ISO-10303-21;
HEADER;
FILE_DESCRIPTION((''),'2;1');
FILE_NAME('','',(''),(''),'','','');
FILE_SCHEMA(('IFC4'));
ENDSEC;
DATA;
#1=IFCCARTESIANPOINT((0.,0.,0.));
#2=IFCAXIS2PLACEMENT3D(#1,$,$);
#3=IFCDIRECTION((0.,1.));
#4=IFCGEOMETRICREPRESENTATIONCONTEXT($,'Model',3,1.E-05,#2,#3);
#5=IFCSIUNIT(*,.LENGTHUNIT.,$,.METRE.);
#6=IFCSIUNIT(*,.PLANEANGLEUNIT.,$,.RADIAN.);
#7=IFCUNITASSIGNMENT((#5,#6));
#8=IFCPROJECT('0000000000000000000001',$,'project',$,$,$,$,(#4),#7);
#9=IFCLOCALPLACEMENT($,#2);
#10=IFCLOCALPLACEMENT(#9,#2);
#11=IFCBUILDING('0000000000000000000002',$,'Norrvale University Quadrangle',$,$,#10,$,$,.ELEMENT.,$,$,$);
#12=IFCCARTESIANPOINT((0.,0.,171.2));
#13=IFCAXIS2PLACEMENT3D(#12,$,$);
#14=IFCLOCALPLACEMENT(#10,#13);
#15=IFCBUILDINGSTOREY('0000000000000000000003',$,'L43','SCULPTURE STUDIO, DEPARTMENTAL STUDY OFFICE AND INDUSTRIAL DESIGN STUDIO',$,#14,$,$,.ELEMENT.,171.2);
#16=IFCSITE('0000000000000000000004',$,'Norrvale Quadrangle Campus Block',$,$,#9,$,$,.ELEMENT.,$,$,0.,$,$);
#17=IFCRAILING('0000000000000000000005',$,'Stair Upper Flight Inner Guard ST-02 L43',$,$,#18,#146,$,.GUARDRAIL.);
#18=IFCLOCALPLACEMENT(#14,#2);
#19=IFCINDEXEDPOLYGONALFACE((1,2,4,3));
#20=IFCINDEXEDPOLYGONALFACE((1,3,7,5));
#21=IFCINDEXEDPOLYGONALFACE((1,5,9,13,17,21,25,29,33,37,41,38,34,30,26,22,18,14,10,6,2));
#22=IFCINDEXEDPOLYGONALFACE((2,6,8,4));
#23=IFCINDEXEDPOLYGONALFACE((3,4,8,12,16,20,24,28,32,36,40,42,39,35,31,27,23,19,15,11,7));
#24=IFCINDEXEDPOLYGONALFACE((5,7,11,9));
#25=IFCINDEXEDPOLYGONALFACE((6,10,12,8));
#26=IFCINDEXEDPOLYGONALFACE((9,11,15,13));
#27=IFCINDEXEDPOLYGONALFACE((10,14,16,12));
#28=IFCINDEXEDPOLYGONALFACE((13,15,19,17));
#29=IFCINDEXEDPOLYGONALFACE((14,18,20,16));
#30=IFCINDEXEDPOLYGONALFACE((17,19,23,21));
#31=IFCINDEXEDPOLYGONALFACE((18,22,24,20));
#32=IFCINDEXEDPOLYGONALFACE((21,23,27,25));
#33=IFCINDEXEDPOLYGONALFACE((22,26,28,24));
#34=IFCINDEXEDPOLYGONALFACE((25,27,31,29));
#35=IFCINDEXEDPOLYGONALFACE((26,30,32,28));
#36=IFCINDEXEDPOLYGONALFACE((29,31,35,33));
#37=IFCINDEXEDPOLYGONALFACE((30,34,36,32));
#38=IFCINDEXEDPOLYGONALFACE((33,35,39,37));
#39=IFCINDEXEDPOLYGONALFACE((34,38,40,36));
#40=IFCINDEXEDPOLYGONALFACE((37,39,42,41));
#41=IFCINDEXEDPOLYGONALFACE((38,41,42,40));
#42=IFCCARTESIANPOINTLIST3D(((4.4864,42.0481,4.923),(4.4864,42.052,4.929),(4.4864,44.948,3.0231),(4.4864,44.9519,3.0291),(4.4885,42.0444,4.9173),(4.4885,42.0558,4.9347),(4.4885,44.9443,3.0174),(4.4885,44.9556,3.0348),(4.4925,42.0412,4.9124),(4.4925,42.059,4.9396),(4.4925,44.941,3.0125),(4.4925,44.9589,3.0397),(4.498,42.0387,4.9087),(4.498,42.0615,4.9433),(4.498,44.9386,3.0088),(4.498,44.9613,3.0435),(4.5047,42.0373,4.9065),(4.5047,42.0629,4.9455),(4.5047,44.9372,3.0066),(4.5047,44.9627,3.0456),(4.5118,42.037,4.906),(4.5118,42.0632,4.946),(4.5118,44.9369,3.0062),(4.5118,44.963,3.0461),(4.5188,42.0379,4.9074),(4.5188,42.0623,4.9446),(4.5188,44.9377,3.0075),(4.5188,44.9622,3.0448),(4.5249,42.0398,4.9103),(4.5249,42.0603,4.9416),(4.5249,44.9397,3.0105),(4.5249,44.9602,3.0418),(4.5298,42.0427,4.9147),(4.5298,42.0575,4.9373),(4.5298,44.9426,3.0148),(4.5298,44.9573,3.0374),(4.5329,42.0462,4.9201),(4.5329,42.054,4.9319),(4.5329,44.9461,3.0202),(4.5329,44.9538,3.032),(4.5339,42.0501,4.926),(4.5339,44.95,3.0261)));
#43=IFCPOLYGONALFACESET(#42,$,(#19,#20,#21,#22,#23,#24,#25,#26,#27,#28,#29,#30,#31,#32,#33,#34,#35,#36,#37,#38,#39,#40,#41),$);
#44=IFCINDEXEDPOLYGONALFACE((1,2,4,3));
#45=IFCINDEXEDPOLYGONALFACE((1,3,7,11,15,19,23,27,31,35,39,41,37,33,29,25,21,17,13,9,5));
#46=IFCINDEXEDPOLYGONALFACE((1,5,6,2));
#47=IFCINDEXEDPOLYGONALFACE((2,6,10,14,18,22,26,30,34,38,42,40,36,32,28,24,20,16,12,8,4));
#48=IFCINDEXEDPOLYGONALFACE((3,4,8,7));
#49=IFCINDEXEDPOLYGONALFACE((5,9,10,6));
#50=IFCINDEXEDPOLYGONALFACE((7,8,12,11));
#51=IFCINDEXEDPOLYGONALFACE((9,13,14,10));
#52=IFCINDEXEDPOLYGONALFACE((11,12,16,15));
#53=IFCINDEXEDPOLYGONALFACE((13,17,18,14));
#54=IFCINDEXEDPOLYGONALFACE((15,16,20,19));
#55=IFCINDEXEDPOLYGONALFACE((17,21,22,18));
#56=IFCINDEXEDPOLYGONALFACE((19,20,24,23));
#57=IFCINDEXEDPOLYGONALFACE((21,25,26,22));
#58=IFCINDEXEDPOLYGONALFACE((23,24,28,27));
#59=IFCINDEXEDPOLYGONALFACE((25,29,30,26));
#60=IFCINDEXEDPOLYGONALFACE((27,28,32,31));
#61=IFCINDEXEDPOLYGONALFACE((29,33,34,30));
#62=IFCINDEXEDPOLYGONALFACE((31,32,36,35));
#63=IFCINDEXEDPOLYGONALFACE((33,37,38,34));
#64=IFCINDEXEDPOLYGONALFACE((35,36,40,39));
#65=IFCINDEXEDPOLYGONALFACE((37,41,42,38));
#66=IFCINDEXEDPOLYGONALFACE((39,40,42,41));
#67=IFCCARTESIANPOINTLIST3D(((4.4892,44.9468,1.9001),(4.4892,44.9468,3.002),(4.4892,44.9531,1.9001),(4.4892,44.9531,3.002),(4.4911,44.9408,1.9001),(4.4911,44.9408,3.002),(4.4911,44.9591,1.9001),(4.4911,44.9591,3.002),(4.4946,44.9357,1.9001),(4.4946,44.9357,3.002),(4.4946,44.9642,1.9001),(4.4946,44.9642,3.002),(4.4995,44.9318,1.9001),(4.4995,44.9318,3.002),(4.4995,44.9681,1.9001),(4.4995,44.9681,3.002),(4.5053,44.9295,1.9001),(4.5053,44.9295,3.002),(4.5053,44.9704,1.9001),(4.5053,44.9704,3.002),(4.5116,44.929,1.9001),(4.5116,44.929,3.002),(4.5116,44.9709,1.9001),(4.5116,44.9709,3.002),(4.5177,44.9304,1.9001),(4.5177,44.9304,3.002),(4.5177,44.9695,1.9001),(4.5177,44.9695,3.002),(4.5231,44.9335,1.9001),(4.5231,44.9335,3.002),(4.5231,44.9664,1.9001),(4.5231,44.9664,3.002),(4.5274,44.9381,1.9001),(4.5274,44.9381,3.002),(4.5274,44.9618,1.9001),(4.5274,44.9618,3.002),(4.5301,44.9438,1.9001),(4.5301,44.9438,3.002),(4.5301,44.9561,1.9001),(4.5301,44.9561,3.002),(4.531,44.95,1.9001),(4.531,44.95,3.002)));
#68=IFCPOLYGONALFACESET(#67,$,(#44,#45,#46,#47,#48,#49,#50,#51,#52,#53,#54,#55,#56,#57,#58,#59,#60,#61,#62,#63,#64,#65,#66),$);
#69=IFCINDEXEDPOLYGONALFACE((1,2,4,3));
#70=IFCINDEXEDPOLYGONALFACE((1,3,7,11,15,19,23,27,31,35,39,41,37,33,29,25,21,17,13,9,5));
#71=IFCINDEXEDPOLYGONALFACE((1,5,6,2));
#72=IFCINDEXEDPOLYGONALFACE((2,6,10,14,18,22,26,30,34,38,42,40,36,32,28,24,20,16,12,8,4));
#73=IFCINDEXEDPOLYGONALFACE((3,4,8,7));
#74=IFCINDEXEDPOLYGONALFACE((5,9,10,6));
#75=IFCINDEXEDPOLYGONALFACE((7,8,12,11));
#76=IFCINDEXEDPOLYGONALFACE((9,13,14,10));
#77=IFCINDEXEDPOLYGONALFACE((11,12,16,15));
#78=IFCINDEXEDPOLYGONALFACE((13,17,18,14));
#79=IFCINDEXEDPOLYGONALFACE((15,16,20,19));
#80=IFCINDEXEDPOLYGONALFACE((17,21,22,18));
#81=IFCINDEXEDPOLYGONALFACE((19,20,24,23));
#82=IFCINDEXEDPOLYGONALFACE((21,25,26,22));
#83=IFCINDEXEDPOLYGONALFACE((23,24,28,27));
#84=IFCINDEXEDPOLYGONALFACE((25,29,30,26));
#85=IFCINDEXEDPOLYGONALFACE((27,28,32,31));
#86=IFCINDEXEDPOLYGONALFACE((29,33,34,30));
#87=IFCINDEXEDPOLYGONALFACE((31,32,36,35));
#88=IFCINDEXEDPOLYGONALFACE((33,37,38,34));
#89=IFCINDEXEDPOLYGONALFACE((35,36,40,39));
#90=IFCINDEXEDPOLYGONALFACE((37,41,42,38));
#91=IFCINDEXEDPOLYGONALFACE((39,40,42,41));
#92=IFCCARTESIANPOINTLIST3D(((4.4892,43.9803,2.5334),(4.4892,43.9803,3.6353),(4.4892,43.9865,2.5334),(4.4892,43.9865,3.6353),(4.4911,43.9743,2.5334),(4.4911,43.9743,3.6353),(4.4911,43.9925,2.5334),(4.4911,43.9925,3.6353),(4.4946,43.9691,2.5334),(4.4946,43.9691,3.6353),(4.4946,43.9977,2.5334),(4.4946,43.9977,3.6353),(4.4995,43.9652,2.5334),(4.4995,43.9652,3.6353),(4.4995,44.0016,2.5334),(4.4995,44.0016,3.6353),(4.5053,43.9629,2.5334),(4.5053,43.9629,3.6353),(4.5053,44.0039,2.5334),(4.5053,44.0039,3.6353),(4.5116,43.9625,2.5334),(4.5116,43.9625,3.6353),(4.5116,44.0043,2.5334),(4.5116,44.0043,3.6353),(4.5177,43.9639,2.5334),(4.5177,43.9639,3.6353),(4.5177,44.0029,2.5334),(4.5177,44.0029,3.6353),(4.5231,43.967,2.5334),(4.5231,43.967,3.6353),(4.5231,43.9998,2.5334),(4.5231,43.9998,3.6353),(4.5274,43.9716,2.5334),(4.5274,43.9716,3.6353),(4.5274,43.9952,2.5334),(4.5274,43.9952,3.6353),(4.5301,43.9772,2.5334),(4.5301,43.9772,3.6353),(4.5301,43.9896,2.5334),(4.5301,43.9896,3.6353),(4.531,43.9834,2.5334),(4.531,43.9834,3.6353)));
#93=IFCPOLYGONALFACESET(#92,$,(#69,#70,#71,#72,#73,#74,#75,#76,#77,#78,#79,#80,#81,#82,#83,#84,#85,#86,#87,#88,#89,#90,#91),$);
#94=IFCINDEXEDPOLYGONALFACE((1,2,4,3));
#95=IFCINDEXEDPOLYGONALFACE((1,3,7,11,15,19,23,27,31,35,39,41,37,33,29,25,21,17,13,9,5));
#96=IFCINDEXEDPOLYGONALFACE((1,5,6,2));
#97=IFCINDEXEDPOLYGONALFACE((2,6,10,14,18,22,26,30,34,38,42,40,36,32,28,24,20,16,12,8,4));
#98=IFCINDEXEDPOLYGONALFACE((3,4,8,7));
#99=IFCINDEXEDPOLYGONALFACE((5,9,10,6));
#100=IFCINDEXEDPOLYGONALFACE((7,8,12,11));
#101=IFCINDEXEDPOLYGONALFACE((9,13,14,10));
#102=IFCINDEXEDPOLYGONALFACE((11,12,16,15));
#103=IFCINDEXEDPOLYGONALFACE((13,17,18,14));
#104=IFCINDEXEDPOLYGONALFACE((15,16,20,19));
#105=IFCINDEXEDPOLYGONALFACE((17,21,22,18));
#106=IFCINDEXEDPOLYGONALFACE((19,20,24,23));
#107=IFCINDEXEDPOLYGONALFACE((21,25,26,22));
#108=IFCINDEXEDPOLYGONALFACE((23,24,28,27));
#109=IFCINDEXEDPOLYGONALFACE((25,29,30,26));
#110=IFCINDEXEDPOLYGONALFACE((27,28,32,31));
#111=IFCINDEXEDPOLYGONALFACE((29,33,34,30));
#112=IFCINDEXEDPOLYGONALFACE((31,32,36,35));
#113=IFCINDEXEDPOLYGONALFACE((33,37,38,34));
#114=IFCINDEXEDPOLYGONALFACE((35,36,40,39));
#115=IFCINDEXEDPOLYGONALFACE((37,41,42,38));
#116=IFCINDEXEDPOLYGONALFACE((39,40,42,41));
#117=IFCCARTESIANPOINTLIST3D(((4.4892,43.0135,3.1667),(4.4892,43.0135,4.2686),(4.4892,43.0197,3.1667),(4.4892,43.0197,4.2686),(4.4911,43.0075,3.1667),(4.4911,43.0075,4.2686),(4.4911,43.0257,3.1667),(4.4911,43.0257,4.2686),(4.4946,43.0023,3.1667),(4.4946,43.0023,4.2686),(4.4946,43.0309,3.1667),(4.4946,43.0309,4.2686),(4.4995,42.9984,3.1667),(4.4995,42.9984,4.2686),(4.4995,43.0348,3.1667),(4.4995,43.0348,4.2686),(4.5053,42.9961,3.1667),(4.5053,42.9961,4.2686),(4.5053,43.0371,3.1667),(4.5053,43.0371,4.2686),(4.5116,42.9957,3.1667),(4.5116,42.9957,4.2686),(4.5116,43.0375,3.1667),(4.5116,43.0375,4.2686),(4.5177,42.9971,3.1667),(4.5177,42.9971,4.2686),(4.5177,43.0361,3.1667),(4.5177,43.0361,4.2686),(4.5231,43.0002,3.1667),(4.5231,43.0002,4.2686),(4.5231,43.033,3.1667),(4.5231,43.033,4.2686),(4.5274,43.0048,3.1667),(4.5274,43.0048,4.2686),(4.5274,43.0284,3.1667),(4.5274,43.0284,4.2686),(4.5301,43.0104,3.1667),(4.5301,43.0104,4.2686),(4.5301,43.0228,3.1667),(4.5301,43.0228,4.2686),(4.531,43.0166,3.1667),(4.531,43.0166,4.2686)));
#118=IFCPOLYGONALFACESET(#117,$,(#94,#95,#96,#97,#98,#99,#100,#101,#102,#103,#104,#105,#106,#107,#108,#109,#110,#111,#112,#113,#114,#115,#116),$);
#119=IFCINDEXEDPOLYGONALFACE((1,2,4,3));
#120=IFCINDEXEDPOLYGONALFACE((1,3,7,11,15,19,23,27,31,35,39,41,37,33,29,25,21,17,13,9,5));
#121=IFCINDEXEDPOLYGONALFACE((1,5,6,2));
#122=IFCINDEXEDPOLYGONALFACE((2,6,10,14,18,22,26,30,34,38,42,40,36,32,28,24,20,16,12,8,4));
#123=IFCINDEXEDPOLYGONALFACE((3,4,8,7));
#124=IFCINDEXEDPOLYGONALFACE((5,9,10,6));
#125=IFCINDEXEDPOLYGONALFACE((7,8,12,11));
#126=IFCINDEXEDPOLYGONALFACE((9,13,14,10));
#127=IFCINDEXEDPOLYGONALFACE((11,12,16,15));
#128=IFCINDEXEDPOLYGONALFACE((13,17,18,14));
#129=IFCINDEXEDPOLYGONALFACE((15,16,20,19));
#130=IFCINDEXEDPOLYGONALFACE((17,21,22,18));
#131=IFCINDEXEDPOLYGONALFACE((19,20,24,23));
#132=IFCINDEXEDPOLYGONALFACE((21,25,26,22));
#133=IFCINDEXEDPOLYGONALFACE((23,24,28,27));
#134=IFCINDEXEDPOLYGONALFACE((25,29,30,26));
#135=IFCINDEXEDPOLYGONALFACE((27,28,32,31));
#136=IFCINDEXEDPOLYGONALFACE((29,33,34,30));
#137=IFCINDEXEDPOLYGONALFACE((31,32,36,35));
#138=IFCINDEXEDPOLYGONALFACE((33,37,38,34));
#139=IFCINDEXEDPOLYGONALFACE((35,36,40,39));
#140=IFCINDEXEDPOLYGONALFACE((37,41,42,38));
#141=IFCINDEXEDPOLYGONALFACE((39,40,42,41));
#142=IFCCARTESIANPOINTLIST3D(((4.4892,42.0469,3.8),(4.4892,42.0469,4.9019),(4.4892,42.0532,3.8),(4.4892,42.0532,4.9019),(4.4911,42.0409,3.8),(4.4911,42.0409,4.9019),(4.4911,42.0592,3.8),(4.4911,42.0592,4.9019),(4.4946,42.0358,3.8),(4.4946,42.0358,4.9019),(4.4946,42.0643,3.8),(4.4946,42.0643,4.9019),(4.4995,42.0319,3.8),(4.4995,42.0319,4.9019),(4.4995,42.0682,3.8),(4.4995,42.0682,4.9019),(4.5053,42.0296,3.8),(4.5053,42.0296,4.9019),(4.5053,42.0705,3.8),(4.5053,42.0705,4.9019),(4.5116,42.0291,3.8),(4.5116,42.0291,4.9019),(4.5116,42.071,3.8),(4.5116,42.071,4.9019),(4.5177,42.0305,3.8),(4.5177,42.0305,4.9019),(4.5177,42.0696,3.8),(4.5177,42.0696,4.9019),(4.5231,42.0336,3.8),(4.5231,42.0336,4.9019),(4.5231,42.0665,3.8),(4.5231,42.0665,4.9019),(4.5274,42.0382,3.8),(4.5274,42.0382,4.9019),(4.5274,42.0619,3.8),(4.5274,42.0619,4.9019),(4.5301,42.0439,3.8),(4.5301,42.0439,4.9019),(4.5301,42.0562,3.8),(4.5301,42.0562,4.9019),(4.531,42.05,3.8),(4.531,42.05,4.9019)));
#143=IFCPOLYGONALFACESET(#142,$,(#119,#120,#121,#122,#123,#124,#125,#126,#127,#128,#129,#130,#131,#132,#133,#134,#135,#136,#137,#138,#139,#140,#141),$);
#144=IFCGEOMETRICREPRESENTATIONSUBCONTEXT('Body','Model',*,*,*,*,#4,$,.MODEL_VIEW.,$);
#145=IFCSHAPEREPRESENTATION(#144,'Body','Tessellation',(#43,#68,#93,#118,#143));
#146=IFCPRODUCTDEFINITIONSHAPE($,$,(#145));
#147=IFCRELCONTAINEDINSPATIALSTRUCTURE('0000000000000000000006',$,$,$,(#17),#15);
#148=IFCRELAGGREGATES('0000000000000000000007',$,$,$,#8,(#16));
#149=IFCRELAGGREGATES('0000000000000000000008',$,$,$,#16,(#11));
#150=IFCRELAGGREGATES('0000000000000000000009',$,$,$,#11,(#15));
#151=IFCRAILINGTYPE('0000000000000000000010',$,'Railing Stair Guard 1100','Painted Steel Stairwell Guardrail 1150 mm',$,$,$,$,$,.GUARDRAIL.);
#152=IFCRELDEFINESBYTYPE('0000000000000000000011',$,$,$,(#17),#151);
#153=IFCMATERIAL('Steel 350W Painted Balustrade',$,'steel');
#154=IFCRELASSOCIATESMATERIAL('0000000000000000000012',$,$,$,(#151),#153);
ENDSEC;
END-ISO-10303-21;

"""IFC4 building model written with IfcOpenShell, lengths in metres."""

from ifc_helpers import new_model, si_unit, direction, frame, origin, origin_2d, place, context, subcontext, project, spatial, circle, extrude, material, type_object, element, save


model = new_model("IFC4")

# Units and contexts
model_context = context("Model", 3, precision=1e-05, world=origin(), true_north=direction((0.0, 1.0)))
body_context = subcontext(model_context, "Body", "Model", "MODEL_VIEW")
ifc_project = project(units=[si_unit("LENGTHUNIT", "METRE"), si_unit("PLANEANGLEUNIT", "RADIAN")], contexts=[model_context])

# Site, building, storey
site_placement = place(None, origin())
site = spatial("IfcSite", under=ifc_project, at=site_placement, Name="Norrvale Quadrangle Campus Block", CompositionType="ELEMENT", RefElevation=0.0)
building_placement = place(site_placement, origin())
building = spatial("IfcBuilding", under=site, at=building_placement, Name="Norrvale University Quadrangle", CompositionType="ELEMENT")
storey_placement = place(building_placement, frame((0.0, 0.0, 171.2)))
storey = spatial("IfcBuildingStorey", under=building, at=storey_placement, Name="L43", Description="SCULPTURE STUDIO, DEPARTMENTAL STUDY OFFICE AND INDUSTRIAL DESIGN STUDIO", CompositionType="ELEMENT", Elevation=171.2)

# Railing
ifc_material_1 = material(Name="Steel 350W Painted Balustrade", Category="steel")
railing_type_1 = type_object("IfcRailingType", Name="Railing Stair Guard 1100", Description="Painted Steel Stairwell Guardrail 1150 mm", PredefinedType="GUARDRAIL", material=ifc_material_1)
railing_1_placement = place(storey_placement, frame((4.51, 44.95, 1.9001)))
element("IfcRailing", 1, at=railing_1_placement, inside=storey, type_object=railing_type_1, Name="Stair Upper Flight Inner Guard ST-02 L43", PredefinedType="GUARDRAIL", context=body_context, shape_type="SweptSolid", body=[
    extrude(circle(Radius=0.0239, at=origin_2d()), frame((0.0, 0.0, 1.126), z_axis=(0.0, -0.836466, 0.548019), x_axis=(1.0, 0.0, 0.0)), (0.0, 0.0, 1.0), 3.4668),
    extrude(circle(Radius=0.021, at=origin_2d()), origin(), (0.0, 0.0, 1.0), 1.1018),
    extrude(circle(Radius=0.021, at=origin_2d()), frame((0.0, -0.9666, 0.6333)), (0.0, 0.0, 1.0), 1.1018),
    extrude(circle(Radius=0.021, at=origin_2d()), frame((0.0, -1.9333, 1.2666)), (0.0, 0.0, 1.0), 1.1018),
    extrude(circle(Radius=0.021, at=origin_2d()), frame((0.0, -2.8999, 1.8999)), (0.0, 0.0, 1.0), 1.1018),
])

save(model, "model.ifc")
